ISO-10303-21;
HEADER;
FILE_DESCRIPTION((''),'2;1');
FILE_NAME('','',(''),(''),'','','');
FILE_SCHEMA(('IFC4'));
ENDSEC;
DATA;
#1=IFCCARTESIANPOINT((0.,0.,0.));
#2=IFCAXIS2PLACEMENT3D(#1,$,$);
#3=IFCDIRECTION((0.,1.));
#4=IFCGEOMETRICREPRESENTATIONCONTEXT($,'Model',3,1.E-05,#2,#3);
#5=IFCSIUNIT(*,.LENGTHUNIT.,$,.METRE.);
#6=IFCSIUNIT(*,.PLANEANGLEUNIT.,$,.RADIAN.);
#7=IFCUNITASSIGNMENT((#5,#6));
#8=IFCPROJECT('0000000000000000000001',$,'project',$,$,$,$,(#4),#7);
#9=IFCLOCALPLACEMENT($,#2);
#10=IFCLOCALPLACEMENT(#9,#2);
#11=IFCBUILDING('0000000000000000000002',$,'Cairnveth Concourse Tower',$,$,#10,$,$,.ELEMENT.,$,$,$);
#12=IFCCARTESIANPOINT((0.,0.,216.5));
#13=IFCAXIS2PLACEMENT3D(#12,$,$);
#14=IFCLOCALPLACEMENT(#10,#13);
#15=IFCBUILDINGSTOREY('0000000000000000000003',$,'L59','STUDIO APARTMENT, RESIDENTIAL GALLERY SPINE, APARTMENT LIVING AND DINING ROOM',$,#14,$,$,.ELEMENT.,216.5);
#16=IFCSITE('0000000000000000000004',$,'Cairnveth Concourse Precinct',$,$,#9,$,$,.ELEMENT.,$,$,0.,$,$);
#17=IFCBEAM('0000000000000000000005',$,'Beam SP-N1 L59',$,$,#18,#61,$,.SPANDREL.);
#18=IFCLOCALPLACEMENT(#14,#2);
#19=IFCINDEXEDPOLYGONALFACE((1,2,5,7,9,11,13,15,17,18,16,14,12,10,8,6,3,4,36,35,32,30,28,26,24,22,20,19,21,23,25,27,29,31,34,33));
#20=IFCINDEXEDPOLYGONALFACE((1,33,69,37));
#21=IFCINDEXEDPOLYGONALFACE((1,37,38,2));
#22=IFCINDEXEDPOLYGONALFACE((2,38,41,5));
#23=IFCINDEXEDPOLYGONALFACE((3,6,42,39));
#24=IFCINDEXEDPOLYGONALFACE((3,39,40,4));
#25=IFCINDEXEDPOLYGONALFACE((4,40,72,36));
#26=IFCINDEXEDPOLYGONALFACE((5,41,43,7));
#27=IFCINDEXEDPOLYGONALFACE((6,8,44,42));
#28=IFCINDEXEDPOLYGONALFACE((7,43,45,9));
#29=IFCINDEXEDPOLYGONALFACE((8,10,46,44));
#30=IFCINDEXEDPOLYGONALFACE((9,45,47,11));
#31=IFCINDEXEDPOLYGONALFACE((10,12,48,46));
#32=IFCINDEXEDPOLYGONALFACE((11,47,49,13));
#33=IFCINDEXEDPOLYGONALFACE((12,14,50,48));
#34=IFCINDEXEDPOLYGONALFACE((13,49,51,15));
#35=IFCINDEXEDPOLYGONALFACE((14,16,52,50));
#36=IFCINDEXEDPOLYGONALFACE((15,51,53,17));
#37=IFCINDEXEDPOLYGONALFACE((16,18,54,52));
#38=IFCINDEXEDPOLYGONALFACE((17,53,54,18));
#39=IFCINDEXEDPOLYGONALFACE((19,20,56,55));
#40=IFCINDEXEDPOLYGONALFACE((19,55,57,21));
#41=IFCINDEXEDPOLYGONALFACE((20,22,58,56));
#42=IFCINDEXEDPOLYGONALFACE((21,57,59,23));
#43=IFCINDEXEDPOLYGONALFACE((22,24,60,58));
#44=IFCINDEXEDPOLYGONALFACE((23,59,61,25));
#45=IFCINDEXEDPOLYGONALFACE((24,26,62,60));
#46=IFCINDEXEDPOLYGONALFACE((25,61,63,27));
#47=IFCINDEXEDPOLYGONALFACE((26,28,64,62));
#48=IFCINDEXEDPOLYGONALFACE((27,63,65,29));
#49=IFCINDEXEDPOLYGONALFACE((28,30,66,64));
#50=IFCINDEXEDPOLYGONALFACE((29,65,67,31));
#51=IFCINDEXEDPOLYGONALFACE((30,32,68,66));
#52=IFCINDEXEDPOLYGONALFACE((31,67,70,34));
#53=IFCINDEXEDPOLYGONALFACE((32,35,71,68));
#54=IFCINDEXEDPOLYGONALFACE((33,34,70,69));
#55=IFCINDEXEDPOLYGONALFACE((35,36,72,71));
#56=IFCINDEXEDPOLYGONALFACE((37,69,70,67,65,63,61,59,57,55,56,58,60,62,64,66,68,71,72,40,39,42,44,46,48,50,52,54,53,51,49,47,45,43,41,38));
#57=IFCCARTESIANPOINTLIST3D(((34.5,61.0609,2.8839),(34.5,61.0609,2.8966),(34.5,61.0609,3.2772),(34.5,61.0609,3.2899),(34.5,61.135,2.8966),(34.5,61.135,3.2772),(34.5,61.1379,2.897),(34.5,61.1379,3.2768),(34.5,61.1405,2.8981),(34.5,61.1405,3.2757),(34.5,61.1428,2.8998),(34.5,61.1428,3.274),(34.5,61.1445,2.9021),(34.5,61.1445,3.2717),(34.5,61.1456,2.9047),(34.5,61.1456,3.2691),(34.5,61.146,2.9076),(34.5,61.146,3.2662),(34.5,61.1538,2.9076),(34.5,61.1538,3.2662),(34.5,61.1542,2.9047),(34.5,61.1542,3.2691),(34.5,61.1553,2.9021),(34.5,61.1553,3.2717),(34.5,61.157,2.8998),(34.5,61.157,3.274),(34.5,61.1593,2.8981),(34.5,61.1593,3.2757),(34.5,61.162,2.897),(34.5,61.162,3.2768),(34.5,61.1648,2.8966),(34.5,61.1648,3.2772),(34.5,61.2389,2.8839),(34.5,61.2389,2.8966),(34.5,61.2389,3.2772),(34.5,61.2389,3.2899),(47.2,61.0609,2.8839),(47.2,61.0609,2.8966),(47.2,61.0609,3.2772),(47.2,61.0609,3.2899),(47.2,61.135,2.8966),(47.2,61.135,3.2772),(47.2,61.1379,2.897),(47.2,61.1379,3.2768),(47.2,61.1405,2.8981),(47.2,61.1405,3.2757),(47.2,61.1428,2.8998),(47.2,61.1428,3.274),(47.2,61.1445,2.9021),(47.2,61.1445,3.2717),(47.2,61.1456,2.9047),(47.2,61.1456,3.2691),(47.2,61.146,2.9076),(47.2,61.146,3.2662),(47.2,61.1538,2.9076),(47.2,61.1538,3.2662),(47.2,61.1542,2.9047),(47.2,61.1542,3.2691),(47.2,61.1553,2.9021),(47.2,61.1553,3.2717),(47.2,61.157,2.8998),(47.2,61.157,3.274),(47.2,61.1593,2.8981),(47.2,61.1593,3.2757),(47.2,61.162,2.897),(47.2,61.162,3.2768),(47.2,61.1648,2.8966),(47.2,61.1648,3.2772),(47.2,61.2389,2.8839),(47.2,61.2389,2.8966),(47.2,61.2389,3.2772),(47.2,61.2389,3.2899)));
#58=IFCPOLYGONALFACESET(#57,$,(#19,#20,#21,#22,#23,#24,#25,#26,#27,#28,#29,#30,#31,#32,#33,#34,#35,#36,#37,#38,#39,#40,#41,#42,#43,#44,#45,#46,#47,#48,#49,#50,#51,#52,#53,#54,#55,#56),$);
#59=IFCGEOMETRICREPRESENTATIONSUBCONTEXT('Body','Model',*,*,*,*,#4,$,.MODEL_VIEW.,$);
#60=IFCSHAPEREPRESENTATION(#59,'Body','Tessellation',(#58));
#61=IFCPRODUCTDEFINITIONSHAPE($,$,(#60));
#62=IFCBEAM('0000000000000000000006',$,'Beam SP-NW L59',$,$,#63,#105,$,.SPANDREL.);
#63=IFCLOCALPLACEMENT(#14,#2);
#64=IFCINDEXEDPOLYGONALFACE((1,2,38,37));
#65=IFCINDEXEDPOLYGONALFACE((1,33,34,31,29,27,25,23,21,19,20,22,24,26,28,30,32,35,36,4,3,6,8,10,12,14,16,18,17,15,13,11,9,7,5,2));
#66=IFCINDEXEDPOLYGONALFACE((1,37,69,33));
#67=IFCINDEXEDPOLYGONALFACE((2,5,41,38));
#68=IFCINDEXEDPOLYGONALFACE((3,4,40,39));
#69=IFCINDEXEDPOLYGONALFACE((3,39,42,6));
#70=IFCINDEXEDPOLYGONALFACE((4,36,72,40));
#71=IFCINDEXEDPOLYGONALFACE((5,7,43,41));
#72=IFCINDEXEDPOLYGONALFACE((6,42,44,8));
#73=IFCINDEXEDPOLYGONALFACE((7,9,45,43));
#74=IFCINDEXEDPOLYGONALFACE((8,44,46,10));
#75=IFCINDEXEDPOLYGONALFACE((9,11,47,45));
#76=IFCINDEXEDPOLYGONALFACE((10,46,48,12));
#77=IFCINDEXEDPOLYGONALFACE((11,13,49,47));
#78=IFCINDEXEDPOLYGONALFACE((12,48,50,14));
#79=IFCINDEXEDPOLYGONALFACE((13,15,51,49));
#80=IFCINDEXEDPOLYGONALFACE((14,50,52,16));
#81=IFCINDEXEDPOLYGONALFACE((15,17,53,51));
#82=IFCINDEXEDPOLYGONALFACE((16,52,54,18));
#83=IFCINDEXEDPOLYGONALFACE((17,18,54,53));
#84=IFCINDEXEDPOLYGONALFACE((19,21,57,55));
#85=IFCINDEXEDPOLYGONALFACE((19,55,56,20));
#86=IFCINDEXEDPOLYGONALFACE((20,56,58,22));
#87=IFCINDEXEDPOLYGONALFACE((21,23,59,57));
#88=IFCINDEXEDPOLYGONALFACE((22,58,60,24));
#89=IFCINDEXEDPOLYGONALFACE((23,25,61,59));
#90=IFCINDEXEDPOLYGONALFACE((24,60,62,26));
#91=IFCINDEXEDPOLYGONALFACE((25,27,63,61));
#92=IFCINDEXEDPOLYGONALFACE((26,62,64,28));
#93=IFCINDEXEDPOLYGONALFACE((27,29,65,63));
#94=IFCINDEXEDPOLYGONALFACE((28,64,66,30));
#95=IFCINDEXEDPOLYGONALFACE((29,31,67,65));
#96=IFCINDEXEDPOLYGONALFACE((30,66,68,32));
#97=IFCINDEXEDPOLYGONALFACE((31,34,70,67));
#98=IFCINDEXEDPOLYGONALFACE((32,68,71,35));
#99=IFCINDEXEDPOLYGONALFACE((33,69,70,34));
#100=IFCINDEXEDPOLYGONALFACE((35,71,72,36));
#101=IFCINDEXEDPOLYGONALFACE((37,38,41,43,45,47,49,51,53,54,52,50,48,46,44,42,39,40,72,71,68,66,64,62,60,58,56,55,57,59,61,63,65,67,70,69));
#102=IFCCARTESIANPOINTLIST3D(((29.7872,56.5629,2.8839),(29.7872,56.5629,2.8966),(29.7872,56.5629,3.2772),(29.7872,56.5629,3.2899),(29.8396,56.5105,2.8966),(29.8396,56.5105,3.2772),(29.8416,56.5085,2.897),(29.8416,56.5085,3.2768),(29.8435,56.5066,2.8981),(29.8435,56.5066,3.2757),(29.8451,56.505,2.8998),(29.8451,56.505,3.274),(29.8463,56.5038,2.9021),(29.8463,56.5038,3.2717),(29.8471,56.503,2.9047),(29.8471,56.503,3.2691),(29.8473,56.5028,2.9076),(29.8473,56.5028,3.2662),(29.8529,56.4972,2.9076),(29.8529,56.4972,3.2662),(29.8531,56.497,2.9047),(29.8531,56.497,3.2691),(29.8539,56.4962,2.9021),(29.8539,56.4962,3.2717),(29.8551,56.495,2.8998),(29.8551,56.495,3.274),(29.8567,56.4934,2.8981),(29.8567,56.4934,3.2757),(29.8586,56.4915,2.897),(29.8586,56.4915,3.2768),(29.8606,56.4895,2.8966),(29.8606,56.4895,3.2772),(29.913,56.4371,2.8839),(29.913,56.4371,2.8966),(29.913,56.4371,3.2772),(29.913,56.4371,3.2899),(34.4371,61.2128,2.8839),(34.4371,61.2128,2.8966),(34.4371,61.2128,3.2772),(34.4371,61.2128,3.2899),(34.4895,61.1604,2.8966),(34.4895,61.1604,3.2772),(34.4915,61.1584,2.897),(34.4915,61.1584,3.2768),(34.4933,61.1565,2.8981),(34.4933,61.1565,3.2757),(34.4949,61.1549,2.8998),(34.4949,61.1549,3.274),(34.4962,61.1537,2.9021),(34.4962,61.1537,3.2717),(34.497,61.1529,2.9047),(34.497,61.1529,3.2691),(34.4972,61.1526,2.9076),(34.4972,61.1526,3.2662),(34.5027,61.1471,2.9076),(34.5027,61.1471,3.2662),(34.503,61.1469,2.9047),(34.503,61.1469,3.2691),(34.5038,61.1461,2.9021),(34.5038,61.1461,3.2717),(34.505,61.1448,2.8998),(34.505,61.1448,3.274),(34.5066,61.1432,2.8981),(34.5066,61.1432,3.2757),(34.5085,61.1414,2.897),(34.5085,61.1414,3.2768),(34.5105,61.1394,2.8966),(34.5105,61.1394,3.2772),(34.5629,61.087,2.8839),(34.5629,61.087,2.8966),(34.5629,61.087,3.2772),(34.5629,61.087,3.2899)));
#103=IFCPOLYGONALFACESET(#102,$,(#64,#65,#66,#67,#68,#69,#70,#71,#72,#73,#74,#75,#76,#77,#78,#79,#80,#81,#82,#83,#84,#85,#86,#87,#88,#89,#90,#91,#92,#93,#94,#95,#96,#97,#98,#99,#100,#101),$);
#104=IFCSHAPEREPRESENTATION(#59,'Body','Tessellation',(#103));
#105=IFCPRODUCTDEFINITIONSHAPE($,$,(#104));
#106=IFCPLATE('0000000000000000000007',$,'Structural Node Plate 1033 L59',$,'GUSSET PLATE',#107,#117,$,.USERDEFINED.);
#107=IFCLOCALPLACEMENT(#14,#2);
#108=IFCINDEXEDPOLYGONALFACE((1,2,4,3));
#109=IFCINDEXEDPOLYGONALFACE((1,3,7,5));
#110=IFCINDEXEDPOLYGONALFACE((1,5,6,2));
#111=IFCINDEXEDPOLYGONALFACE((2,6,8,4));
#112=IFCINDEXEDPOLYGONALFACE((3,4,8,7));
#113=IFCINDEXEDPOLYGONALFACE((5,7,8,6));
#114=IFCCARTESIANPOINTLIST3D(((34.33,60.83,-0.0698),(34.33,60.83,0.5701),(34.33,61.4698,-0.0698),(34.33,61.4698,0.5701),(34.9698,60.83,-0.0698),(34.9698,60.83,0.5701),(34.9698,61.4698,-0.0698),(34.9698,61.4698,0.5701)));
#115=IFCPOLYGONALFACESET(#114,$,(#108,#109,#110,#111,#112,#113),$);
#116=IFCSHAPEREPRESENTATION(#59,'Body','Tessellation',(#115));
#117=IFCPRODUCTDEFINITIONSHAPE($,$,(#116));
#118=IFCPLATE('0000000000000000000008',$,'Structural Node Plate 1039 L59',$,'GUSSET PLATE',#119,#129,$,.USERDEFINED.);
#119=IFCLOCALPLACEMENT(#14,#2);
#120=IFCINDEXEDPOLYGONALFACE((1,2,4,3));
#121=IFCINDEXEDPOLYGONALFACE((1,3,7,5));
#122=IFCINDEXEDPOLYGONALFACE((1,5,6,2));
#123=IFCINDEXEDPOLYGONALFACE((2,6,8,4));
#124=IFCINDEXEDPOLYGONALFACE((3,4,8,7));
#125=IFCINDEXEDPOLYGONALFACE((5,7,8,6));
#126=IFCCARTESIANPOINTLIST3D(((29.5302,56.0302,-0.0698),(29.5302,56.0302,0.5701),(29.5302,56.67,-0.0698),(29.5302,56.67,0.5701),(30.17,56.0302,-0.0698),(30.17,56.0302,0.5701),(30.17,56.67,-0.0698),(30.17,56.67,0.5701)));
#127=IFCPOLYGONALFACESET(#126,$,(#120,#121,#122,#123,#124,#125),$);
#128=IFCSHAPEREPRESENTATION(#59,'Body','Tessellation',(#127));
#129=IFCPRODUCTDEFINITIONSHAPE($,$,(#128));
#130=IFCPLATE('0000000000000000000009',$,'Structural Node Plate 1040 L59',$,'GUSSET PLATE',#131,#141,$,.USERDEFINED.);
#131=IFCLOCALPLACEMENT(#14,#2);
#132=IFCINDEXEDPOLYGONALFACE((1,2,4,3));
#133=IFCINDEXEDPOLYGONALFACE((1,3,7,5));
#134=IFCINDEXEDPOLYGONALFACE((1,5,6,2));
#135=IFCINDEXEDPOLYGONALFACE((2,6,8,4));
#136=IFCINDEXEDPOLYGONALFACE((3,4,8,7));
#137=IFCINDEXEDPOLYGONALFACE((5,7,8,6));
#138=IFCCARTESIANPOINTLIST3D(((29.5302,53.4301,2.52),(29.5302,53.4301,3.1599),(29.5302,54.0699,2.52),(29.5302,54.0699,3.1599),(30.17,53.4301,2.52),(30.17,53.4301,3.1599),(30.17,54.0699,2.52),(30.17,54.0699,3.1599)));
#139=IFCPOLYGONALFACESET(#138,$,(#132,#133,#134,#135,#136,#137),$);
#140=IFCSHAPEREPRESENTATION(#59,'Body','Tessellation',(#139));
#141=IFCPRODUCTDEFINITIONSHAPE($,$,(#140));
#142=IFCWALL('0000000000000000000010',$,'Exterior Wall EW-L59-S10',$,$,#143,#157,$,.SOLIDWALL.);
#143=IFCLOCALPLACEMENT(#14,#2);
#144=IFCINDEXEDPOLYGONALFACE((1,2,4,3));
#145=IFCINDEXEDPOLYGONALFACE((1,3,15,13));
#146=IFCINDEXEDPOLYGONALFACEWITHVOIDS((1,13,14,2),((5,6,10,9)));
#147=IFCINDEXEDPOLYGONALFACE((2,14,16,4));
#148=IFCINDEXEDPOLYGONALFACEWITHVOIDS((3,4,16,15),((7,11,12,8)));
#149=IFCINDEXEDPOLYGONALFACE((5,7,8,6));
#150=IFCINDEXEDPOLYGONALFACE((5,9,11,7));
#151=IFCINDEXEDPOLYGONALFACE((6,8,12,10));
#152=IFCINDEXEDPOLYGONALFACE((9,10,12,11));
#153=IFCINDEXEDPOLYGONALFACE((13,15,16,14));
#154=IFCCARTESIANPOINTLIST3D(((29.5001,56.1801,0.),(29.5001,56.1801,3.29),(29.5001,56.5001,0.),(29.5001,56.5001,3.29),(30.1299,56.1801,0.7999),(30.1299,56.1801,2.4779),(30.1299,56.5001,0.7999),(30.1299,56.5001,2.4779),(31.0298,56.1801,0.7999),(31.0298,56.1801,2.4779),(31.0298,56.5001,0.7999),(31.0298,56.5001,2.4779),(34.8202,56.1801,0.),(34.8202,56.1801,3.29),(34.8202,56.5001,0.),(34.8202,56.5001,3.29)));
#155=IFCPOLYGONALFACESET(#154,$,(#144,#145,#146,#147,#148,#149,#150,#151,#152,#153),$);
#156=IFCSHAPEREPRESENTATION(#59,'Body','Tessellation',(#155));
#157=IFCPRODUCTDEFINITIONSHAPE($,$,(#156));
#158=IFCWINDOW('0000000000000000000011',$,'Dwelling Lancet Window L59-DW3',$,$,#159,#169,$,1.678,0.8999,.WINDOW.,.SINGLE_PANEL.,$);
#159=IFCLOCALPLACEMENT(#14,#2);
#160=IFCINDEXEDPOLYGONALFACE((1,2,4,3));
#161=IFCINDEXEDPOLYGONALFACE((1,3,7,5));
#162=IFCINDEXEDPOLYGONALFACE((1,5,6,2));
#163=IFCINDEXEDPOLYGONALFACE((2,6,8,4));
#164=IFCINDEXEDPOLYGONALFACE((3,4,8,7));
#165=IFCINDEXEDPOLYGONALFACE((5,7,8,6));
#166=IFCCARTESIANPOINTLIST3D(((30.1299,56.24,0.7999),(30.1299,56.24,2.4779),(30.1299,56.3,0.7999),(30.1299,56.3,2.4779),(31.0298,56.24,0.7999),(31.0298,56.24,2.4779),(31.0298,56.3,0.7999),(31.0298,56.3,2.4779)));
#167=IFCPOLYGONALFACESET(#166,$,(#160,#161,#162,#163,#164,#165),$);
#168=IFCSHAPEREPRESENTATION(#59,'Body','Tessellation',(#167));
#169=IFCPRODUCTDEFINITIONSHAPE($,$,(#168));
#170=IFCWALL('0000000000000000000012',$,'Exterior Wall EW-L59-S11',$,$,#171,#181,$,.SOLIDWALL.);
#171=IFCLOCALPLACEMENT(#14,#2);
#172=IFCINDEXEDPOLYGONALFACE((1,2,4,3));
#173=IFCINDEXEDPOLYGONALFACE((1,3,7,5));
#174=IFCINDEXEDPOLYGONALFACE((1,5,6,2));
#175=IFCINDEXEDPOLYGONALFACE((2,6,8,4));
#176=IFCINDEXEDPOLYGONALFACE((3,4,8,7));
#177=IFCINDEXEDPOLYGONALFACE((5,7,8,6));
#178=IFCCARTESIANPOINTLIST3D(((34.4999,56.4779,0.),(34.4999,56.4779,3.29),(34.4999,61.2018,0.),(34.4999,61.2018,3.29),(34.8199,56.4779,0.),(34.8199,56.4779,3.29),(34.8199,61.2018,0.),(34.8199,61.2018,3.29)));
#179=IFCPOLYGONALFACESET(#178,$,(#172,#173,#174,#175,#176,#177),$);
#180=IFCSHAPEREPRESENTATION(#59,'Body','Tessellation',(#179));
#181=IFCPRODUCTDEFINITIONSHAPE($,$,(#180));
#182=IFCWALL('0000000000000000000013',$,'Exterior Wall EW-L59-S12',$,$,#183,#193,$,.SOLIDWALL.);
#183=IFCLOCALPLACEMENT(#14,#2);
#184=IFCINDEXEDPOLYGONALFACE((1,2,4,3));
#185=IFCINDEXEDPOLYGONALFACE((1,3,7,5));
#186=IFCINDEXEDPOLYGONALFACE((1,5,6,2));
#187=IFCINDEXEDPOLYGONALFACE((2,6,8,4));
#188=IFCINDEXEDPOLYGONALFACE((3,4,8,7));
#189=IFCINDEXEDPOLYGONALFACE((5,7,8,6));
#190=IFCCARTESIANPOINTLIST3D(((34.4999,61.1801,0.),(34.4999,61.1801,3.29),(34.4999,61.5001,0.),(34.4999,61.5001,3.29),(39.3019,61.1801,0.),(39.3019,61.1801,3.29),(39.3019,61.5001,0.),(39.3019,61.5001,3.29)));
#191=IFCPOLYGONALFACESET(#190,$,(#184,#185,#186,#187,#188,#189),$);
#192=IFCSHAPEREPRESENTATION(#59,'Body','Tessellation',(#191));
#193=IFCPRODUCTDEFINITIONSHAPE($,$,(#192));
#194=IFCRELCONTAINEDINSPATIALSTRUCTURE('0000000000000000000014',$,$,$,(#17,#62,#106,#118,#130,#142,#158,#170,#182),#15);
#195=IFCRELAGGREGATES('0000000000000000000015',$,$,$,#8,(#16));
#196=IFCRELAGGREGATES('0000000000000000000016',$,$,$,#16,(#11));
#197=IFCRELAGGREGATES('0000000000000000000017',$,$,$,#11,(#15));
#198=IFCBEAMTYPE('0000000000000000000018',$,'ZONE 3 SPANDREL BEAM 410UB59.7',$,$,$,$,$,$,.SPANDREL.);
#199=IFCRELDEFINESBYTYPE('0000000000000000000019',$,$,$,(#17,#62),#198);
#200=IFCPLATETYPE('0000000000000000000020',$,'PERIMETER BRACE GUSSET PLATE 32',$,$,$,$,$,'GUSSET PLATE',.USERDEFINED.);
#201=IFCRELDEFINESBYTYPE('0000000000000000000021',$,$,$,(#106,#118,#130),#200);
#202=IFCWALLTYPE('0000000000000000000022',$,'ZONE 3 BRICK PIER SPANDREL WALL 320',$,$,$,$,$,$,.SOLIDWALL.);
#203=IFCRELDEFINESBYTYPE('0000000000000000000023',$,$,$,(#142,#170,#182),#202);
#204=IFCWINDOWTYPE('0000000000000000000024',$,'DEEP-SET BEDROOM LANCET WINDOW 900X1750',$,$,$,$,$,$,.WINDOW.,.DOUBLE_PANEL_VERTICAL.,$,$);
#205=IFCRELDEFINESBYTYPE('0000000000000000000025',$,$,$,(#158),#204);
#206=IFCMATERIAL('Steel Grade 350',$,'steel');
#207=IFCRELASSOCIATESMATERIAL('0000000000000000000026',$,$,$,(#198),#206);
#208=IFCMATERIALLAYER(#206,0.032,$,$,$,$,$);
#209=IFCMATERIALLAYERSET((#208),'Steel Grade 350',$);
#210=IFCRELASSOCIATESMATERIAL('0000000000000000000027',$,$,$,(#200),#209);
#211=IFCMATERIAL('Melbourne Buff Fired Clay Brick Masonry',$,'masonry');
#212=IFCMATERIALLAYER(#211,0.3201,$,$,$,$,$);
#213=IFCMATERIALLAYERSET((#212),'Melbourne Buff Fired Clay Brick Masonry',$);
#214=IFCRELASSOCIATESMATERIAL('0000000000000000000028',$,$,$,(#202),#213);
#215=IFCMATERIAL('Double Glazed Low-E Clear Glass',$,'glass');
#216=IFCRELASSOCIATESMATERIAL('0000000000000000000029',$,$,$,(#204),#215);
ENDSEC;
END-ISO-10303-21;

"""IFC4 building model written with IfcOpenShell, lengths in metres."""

from ifc_helpers import new_model, si_unit, direction, frame, frame_2d, origin, origin_2d, place, context, subcontext, project, spatial, rectangle, i_section, extrude, material, layer, layer_set, material_profile, profile_set, type_object, element, fill, save


model = new_model("IFC4")

# Units and contexts
model_context = context("Model", 3, precision=1e-05, world=origin(), true_north=direction((0.0, 1.0)))
body_context = subcontext(model_context, "Body", "Model", "MODEL_VIEW")
ifc_project = project(units=[si_unit("LENGTHUNIT", "METRE"), si_unit("PLANEANGLEUNIT", "RADIAN")], contexts=[model_context])

# Site, building, storey
site_placement = place(None, origin())
site = spatial("IfcSite", under=ifc_project, at=site_placement, Name="Cairnveth Concourse Precinct", CompositionType="ELEMENT", RefElevation=0.0)
building_placement = place(site_placement, origin())
building = spatial("IfcBuilding", under=site, at=building_placement, Name="Cairnveth Concourse Tower", CompositionType="ELEMENT")
storey_placement = place(building_placement, frame((0.0, 0.0, 216.5)))
storey = spatial("IfcBuildingStorey", under=building, at=storey_placement, Name="L59", Description="STUDIO APARTMENT, RESIDENTIAL GALLERY SPINE, APARTMENT LIVING AND DINING ROOM", CompositionType="ELEMENT", Elevation=216.5)

# Shared definitions
ifc_material_1 = material(Name="Steel Grade 350", Category="steel")

# Beams
ifc_material_profile_1 = material_profile(ifc_material_1, i_section(OverallWidth=0.178, OverallDepth=0.406, WebThickness=0.0078, FlangeThickness=0.0127, FilletRadius=0.011, at=origin_2d()), Name="410UB59.7")
ifc_profile_set_1 = profile_set([ifc_material_profile_1], Name="Steel Grade 350")
beam_type_1 = type_object("IfcBeamType", Name="ZONE 3 SPANDREL BEAM 410UB59.7", PredefinedType="SPANDREL", material=ifc_profile_set_1)
beam_1_placement = place(storey_placement, frame((34.5, 61.1499, 3.0869), z_axis=(1.0, 0.0, 0.0), x_axis=(0.0, 1.0, 0.0)))
element("IfcBeam", 1, at=beam_1_placement, inside=storey, type_object=beam_type_1, Name="Beam SP-N1 L59", PredefinedType="SPANDREL", context=body_context, shape_type="SweptSolid", body=[
    extrude(i_section(OverallWidth=0.178, OverallDepth=0.406, WebThickness=0.0078, FlangeThickness=0.0127, FilletRadius=0.011, at=origin_2d()), origin(), (0.0, 0.0, 1.0), 12.7),
])
beam_2_placement = place(storey_placement, frame((29.8501, 56.5, 3.0869), z_axis=(0.707107, 0.707107, 0.0), x_axis=(-0.707107, 0.707107, 0.0)))
element("IfcBeam", 2, at=beam_2_placement, inside=storey, type_object=beam_type_1, Name="Beam SP-NW L59", PredefinedType="SPANDREL", context=body_context, shape_type="SweptSolid", body=[
    extrude(i_section(OverallWidth=0.178, OverallDepth=0.406, WebThickness=0.0078, FlangeThickness=0.0127, FilletRadius=0.011, at=origin_2d()), origin(), (0.0, 0.0, 1.0), 6.5759),
])

# Plates
ifc_layer_1 = layer(ifc_material_1, 0.032)
ifc_layer_set_1 = layer_set([ifc_layer_1], Name="Steel Grade 350")
plate_type = type_object("IfcPlateType", Name="PERIMETER BRACE GUSSET PLATE 32", ElementType="GUSSET PLATE", PredefinedType="USERDEFINED", material=ifc_layer_set_1)
for number, where, z_axis, x_axis, name in (
    (3, (34.6499, 61.1499, -0.0698), (0.0, 0.0, 1.0), (1.0, 0.0, 0.0), "Structural Node Plate 1033 L59"),
    (4, (29.8501, 56.3501, -0.0698), (0.0, 0.0, 1.0), (1.0, 0.0, 0.0), "Structural Node Plate 1039 L59"),
    (5, (29.8501, 53.75, 2.52), (0.0, 0.0, 1.0), (1.0, 0.0, 0.0), "Structural Node Plate 1040 L59"),
):
    element("IfcPlate", number, at=place(storey_placement, frame(where, z_axis=z_axis, x_axis=x_axis)), inside=storey, type_object=plate_type, Name=name, ObjectType="GUSSET PLATE", PredefinedType="USERDEFINED", context=body_context, shape_type="SweptSolid", body=[
        extrude(rectangle(XDim=0.6399, YDim=0.6399, at=origin_2d()), origin(), (0.0, 0.0, 1.0), 0.6399),
    ])

# Wall, opening, window
ifc_material_2 = material(Name="Melbourne Buff Fired Clay Brick Masonry", Category="masonry")
ifc_layer_2 = layer(ifc_material_2, 0.3201)
ifc_layer_set_2 = layer_set([ifc_layer_2], Name="Melbourne Buff Fired Clay Brick Masonry")
wall_type = type_object("IfcWallType", Name="ZONE 3 BRICK PIER SPANDREL WALL 320", PredefinedType="SOLIDWALL", material=ifc_layer_set_2)
wall_1_placement = place(storey_placement, frame((29.5, 56.3401, 0.0), z_axis=(0.0, 0.0, 1.0), x_axis=(1.0, 0.0, 0.0)))
wall_1 = element("IfcWall", 6, at=wall_1_placement, inside=storey, type_object=wall_type, Name="Exterior Wall EW-L59-S10", PredefinedType="SOLIDWALL", context=body_context, shape_type="SweptSolid", body=[
    extrude(rectangle(XDim=5.3201, YDim=0.3201, at=frame_2d((2.6602, 0.0))), origin(), (0.0, 0.0, 1.0), 3.29),
])
opening_placement = place(wall_1_placement, frame((0.6299, 0.0, 0.8)))
opening = element("IfcOpeningElement", 7, at=opening_placement, cuts=wall_1, PredefinedType="OPENING", context=body_context, shape_type="SweptSolid", body=[
    extrude(rectangle(XDim=0.8999, YDim=1.678, at=frame_2d((0.45, 0.8389))), frame((0.0, 0.1699, 0.0), z_axis=(0.0, -1.0, 0.0), x_axis=(1.0, 0.0, 0.0)), (0.0, 0.0, 1.0), 0.3401),
])
ifc_material_3 = material(Name="Double Glazed Low-E Clear Glass", Category="glass")
window_type = type_object("IfcWindowType", Name="DEEP-SET BEDROOM LANCET WINDOW 900X1750", PartitioningType="DOUBLE_PANEL_VERTICAL", PredefinedType="WINDOW", material=ifc_material_3)
window_placement = place(opening_placement, origin())
window = element("IfcWindow", 8, at=window_placement, inside=storey, type_object=window_type, Name="Dwelling Lancet Window L59-DW3", OverallHeight=1.678, OverallWidth=0.8999, PartitioningType="SINGLE_PANEL", PredefinedType="WINDOW", context=body_context, shape_type="SweptSolid", body=[
    extrude(rectangle(XDim=0.8999, YDim=1.678, at=frame_2d((0.45, 0.8389))), frame((0.0, -0.04, 0.0), z_axis=(0.0, -1.0, 0.0), x_axis=(1.0, 0.0, 0.0)), (0.0, 0.0, 1.0), 0.0601),
])
fill(opening, window)

# Walls
wall_2_placement = place(storey_placement, frame((34.6599, 56.478, 0.0), z_axis=(0.0, 0.0, 1.0), x_axis=(0.0, 1.0, 0.0)))
element("IfcWall", 9, at=wall_2_placement, inside=storey, type_object=wall_type, Name="Exterior Wall EW-L59-S11", PredefinedType="SOLIDWALL", context=body_context, shape_type="SweptSolid", body=[
    extrude(rectangle(XDim=4.7239, YDim=0.3201, at=frame_2d((2.3618, 0.0))), origin(), (0.0, 0.0, 1.0), 3.29),
])
wall_3_placement = place(storey_placement, frame((34.5, 61.3401, 0.0), z_axis=(0.0, 0.0, 1.0), x_axis=(1.0, 0.0, 0.0)))
element("IfcWall", 10, at=wall_3_placement, inside=storey, type_object=wall_type, Name="Exterior Wall EW-L59-S12", PredefinedType="SOLIDWALL", context=body_context, shape_type="SweptSolid", body=[
    extrude(rectangle(XDim=4.802, YDim=0.3201, at=frame_2d((2.4009, 0.0))), origin(), (0.0, 0.0, 1.0), 3.29),
])

save(model, "model.ifc")
